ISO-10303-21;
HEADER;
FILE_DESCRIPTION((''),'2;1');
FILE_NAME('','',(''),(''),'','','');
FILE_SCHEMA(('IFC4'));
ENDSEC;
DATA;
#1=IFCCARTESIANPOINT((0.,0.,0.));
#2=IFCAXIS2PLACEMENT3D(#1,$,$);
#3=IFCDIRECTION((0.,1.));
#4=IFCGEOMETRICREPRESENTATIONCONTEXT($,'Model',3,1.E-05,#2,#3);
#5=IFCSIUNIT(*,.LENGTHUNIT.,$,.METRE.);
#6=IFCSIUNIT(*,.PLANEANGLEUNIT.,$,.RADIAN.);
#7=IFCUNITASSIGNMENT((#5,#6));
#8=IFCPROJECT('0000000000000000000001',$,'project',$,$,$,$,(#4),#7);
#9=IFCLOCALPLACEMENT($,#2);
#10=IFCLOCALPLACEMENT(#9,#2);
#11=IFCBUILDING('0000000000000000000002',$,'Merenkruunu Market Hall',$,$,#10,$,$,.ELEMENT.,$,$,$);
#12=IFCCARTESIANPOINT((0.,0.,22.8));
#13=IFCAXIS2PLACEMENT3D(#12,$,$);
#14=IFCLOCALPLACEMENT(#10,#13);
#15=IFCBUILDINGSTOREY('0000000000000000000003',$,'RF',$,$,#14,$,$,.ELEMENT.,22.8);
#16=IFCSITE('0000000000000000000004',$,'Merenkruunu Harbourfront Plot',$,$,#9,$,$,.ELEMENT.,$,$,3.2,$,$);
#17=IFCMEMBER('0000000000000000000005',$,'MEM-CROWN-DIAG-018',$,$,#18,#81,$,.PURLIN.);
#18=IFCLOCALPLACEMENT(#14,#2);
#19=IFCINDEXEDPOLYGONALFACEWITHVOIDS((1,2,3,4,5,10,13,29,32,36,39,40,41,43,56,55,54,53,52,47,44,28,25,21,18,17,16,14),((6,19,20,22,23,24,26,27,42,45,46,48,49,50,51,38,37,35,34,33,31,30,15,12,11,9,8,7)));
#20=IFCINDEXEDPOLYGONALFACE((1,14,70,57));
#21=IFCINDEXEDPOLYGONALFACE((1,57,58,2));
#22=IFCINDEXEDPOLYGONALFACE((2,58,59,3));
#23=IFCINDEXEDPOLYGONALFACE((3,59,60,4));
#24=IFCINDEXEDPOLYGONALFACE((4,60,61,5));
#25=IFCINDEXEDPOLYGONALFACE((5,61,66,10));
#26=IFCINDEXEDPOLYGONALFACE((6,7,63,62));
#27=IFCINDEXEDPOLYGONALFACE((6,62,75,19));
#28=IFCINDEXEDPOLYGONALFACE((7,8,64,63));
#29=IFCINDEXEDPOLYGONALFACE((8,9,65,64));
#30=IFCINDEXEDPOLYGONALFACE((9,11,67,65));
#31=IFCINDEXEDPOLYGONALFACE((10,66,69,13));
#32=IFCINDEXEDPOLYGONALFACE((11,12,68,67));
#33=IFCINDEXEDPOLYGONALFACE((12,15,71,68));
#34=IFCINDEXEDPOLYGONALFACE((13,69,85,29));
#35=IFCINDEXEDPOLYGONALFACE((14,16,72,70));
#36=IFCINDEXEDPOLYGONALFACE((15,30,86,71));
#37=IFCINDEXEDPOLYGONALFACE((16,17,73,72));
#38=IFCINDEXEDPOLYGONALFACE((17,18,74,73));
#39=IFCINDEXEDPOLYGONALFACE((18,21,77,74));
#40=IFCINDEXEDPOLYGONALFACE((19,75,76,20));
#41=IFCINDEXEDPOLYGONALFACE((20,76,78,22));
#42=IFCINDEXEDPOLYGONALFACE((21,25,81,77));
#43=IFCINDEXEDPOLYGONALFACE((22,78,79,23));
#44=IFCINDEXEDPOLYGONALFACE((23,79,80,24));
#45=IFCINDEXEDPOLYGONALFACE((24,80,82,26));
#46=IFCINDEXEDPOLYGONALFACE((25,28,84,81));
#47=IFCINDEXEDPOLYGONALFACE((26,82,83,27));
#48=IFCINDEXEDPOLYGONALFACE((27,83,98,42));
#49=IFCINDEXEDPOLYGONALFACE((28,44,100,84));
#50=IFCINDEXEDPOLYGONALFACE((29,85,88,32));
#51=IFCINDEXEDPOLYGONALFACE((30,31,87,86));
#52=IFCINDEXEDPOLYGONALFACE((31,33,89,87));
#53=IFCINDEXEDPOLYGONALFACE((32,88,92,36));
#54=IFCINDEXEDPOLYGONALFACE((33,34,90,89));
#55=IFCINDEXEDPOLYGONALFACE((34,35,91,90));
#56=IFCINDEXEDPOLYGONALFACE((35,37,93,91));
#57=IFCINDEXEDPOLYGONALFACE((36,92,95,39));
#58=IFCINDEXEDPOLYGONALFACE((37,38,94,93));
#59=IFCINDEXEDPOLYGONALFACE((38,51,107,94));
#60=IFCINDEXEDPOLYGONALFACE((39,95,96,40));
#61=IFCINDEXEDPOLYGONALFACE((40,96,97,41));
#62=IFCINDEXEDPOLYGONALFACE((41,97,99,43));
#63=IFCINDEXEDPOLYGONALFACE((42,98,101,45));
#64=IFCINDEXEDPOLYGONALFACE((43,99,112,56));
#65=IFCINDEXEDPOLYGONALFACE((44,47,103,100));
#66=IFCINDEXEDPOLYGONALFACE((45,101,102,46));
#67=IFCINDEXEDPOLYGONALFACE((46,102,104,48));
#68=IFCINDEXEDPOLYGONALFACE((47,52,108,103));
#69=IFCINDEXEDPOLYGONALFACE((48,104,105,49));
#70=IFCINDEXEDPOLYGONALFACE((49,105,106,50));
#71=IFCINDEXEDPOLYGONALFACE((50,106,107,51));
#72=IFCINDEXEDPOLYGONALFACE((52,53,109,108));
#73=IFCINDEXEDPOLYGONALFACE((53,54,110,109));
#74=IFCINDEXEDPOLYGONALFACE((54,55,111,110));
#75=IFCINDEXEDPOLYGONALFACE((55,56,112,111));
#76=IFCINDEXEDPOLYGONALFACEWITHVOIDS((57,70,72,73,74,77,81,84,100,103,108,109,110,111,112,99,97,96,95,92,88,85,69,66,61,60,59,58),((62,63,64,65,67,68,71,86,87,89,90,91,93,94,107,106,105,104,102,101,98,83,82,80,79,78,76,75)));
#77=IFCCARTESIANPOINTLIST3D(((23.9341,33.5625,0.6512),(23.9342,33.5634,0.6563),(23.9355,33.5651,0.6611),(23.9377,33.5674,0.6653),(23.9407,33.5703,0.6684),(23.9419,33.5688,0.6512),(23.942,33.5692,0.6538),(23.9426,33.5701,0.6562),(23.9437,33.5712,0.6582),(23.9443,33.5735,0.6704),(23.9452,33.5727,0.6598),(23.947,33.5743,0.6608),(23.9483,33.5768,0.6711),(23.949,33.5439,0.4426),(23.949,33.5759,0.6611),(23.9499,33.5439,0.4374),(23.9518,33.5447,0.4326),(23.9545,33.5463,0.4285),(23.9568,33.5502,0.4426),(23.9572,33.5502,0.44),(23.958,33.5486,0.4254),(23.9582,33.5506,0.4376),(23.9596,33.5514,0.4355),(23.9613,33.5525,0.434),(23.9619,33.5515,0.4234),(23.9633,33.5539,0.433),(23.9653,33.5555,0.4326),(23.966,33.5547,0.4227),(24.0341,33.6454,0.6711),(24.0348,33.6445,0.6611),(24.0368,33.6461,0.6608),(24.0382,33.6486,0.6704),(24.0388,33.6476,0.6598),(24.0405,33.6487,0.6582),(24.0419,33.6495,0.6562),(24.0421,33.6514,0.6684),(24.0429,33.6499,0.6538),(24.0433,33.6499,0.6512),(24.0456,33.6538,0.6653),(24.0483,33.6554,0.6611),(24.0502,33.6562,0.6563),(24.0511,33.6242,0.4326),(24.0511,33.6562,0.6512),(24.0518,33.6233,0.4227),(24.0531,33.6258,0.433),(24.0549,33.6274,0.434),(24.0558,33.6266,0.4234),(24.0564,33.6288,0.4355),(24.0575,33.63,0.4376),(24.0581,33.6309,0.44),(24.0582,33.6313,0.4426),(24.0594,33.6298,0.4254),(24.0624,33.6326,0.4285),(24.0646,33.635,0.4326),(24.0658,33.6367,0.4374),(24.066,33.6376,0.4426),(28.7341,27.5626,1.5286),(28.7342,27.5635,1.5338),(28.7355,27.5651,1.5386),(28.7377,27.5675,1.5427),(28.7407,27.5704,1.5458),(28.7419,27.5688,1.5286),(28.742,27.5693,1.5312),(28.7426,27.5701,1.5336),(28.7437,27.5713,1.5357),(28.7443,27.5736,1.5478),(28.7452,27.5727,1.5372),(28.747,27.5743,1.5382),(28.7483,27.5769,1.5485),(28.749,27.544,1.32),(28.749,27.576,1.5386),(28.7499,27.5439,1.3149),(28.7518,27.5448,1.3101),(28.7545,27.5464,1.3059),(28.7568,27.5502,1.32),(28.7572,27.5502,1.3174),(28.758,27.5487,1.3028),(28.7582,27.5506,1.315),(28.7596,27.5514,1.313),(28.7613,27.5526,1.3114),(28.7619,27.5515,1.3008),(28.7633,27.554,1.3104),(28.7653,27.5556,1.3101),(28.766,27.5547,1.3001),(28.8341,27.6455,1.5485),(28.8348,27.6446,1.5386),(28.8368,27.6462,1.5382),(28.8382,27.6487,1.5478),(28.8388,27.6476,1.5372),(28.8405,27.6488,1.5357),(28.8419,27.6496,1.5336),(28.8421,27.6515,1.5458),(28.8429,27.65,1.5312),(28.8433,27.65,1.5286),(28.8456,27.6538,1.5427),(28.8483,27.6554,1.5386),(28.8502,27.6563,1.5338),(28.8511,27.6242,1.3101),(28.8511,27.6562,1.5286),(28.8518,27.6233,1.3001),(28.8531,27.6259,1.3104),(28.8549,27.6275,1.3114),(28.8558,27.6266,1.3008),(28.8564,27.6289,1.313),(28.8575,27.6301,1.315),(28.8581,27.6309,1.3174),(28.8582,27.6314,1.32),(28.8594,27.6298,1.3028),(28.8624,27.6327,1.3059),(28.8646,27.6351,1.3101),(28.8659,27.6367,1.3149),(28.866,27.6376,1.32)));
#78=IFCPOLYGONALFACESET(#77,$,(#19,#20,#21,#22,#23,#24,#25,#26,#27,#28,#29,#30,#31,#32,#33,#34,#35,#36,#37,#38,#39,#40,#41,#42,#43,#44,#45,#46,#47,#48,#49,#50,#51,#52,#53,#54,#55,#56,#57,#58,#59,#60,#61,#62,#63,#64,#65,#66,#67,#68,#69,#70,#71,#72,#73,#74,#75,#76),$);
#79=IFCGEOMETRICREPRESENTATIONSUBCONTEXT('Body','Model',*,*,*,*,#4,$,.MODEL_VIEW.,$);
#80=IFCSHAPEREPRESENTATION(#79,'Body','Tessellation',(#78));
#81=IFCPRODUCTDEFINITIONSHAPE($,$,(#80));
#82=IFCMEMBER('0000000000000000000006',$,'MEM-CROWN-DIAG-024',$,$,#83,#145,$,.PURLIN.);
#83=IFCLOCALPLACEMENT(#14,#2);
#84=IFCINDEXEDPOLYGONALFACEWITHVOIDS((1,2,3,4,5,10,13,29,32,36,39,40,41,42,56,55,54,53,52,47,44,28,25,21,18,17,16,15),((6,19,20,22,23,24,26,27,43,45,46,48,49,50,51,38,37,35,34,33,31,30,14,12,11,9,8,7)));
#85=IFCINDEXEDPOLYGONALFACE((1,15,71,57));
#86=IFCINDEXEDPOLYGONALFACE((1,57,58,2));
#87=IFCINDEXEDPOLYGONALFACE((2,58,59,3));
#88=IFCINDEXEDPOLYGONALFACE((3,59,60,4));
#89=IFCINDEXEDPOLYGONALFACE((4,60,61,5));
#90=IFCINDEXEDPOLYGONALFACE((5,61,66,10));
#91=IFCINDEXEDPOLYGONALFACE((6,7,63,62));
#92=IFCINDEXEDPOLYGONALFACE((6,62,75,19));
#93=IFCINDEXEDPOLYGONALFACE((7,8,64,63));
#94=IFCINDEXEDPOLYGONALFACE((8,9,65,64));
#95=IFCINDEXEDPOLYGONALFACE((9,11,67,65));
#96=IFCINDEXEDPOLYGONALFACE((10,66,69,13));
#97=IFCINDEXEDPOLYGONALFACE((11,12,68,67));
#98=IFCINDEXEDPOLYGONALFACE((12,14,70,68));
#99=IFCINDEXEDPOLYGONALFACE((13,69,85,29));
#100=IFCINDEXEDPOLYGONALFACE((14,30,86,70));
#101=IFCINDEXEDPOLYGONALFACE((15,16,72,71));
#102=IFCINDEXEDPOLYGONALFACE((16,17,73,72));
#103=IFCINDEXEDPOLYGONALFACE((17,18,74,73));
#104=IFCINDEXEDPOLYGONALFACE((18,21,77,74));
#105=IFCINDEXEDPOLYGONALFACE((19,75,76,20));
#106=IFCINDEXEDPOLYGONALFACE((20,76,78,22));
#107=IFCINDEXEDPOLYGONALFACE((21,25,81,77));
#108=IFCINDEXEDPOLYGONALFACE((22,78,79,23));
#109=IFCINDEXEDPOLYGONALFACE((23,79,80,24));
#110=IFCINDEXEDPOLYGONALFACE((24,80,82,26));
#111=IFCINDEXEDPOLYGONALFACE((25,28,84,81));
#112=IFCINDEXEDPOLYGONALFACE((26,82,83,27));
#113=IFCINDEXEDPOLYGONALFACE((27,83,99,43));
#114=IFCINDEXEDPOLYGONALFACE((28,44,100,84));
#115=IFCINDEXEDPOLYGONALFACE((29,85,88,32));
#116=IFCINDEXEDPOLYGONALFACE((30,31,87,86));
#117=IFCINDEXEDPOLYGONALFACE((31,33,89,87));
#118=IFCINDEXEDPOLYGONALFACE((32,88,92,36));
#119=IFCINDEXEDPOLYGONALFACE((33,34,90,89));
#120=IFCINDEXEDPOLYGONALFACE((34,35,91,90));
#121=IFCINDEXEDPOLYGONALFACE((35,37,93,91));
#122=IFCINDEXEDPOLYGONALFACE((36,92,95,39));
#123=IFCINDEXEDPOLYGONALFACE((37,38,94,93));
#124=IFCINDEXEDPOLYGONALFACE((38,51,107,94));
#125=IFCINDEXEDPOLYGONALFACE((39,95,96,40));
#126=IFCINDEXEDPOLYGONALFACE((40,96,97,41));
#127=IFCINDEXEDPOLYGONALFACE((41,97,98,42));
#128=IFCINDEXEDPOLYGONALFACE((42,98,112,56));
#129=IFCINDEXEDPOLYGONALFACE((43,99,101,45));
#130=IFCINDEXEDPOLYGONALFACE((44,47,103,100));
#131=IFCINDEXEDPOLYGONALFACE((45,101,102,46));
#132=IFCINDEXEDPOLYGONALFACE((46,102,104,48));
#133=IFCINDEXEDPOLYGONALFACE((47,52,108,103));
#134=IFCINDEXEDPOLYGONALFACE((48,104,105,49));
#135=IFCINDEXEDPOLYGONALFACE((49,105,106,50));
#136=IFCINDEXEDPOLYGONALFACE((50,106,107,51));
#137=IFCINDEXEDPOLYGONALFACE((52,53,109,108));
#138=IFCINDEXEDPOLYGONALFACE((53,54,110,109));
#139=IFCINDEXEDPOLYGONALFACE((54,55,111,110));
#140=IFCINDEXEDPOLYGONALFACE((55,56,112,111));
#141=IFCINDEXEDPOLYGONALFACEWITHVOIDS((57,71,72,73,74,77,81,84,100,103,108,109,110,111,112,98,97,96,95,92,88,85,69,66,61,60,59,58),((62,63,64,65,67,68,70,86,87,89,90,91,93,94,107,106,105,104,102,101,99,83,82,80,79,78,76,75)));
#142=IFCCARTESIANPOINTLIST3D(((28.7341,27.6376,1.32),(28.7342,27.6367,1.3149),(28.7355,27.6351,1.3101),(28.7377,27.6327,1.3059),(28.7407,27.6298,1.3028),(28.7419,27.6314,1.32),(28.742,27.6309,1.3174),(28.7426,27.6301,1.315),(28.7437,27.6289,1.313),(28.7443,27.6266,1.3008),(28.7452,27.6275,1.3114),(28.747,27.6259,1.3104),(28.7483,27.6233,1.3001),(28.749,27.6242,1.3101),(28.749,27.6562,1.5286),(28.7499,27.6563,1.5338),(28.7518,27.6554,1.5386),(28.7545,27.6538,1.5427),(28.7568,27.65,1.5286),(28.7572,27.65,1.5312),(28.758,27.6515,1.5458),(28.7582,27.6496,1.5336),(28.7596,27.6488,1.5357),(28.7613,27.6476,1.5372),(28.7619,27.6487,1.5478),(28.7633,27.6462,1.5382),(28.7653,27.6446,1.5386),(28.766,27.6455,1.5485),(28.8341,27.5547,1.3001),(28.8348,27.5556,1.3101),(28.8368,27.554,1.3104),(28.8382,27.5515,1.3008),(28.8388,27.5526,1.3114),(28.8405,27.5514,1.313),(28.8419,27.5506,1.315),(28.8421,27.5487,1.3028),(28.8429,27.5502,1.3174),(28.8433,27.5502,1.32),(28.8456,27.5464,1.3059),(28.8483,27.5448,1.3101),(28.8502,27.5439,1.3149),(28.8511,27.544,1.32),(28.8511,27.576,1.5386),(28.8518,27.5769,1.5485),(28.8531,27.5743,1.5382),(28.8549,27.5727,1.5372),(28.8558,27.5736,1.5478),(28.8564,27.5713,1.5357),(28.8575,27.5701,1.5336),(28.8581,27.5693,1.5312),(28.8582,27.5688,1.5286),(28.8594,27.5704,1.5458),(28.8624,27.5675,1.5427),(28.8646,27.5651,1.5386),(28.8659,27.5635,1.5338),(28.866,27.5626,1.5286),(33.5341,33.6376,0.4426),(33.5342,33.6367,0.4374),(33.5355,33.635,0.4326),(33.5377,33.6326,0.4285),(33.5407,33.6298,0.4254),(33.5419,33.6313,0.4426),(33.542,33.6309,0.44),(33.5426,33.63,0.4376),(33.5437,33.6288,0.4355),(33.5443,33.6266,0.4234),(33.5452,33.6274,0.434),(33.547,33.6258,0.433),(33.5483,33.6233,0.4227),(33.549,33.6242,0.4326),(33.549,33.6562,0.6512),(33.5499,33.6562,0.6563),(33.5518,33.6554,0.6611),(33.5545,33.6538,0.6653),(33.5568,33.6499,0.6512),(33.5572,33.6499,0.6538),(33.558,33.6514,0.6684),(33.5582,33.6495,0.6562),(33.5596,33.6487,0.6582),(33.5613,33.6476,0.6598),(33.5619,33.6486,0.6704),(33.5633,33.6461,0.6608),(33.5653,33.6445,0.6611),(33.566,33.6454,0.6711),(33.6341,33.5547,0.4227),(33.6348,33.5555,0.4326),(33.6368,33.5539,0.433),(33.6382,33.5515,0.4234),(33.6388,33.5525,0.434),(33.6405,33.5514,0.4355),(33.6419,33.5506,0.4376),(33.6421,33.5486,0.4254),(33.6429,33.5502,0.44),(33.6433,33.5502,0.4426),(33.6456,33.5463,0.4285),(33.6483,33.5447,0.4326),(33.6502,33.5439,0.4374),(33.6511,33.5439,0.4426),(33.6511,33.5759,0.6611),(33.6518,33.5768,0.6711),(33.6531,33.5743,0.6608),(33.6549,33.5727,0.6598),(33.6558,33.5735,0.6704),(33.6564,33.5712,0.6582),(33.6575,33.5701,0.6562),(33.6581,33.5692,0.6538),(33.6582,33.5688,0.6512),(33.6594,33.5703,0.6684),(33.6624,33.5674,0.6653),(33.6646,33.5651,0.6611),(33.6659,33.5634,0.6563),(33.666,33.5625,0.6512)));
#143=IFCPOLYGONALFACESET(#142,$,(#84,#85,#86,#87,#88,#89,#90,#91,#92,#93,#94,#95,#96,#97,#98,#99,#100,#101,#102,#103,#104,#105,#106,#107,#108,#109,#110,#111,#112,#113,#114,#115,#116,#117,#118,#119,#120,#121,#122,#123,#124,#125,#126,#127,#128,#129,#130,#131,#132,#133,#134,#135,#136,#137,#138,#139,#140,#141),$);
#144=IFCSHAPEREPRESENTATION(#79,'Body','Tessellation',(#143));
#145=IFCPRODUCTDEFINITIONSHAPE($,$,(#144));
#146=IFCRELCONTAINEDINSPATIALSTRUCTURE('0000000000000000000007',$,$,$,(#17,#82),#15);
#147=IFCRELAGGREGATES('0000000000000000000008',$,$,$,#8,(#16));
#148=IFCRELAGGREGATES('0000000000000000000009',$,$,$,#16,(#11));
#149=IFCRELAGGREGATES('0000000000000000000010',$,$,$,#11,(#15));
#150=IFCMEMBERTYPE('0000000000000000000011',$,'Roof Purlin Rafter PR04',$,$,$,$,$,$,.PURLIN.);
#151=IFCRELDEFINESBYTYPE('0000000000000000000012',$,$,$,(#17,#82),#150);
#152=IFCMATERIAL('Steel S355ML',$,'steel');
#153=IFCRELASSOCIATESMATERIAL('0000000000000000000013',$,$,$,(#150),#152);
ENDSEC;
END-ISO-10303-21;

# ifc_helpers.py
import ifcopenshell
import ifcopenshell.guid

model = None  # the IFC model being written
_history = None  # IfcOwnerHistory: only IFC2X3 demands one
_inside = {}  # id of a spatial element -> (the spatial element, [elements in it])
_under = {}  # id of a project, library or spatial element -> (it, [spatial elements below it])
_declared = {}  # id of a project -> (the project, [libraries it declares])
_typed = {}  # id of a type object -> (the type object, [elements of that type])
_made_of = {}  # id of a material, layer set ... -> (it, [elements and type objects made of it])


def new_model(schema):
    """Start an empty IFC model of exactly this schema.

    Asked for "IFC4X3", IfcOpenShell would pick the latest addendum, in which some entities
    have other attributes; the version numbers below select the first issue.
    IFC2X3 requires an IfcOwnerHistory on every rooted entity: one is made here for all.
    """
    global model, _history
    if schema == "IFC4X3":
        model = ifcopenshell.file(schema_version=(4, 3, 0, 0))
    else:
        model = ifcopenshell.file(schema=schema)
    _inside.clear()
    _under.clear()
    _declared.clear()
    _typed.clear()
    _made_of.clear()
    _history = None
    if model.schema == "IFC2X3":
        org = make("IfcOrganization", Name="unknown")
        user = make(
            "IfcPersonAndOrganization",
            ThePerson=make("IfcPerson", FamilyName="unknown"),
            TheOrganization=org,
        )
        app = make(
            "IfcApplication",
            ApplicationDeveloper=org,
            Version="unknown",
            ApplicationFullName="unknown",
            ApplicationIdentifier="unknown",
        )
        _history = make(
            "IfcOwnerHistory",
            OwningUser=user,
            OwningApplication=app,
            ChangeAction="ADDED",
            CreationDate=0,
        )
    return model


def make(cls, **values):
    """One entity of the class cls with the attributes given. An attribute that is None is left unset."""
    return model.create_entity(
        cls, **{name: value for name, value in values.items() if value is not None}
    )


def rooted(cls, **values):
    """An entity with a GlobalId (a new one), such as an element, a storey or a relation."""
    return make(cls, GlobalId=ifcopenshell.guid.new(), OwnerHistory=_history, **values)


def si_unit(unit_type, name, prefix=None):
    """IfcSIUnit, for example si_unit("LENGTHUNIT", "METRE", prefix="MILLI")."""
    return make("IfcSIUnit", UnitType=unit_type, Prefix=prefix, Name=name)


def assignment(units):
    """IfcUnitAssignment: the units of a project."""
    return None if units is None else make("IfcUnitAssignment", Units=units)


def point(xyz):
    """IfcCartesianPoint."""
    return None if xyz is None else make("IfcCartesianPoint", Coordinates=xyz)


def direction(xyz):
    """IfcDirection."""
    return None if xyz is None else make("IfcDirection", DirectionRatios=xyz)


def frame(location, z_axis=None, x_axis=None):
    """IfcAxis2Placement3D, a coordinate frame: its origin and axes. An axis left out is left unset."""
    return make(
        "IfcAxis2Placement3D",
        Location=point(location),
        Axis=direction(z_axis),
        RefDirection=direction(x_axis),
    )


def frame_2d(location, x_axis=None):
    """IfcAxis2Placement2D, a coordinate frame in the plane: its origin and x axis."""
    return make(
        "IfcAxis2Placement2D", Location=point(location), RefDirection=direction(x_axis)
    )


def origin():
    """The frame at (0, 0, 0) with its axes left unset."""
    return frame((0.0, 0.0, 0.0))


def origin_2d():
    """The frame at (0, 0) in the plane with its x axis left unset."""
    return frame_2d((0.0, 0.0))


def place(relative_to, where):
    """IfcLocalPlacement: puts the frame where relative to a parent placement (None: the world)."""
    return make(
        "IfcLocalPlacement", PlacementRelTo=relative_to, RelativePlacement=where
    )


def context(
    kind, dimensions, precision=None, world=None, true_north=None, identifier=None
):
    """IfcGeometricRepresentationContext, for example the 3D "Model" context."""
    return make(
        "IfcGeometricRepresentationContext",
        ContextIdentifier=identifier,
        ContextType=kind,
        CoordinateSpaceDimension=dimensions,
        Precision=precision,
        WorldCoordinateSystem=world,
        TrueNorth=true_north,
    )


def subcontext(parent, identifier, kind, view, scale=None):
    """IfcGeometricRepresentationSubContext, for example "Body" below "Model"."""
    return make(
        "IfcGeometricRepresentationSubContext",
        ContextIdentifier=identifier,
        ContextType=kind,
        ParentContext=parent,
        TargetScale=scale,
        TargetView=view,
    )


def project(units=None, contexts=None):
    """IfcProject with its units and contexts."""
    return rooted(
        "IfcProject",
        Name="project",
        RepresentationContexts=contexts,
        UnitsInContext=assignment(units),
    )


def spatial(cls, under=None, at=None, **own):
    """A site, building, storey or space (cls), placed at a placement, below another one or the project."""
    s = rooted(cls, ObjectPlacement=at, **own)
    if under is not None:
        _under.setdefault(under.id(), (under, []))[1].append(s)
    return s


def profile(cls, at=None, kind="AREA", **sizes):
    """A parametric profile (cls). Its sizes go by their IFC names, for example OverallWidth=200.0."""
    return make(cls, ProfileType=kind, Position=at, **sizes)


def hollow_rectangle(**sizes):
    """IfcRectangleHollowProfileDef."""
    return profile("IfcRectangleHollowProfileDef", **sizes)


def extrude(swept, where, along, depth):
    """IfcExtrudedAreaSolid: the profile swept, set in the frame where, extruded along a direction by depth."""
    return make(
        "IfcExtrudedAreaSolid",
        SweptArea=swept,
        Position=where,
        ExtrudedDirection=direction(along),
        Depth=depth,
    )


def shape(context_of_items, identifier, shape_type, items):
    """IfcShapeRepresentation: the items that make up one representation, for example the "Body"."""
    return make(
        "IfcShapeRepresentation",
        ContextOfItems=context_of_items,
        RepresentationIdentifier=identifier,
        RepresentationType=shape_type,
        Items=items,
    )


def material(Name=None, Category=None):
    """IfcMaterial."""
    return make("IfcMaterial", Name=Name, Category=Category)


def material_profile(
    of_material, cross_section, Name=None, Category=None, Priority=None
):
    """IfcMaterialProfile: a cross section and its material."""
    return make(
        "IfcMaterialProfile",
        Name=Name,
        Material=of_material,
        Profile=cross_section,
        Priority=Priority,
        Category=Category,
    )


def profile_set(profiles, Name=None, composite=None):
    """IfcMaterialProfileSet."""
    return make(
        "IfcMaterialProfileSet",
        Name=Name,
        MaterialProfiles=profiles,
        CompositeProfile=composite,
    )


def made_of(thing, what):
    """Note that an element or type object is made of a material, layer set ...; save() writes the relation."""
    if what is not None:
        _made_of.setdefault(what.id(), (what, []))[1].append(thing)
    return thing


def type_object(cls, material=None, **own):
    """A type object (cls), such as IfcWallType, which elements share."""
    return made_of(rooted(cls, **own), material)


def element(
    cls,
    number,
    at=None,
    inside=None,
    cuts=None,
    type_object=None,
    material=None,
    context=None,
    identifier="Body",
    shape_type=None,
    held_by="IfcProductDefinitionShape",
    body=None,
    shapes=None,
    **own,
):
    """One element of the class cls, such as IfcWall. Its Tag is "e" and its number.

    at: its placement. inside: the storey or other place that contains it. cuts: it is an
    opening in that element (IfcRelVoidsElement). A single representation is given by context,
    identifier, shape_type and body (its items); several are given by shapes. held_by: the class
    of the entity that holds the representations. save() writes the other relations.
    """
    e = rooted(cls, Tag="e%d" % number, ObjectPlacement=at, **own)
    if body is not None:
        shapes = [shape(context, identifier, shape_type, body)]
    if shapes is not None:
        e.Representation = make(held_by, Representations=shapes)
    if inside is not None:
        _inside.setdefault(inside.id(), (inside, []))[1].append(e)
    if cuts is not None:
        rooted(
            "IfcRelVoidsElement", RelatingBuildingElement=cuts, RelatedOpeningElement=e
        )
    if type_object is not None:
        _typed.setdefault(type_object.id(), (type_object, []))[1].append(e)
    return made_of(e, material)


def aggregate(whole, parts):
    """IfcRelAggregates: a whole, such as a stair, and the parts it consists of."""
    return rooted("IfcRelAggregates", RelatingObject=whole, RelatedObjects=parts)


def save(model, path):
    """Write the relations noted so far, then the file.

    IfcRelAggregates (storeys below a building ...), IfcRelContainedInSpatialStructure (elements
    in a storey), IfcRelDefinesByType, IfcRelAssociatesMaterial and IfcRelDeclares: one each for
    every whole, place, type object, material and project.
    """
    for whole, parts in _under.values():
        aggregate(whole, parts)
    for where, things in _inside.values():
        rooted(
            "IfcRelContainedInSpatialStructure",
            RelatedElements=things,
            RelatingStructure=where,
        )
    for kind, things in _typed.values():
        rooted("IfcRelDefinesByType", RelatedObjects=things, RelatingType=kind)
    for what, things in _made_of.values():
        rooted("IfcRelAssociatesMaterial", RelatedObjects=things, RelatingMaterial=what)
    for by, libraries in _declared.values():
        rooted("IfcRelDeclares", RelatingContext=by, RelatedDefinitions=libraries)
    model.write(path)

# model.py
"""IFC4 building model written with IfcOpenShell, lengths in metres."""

from ifc_helpers import new_model, si_unit, direction, frame, origin, origin_2d, place, context, subcontext, project, spatial, hollow_rectangle, extrude, material, material_profile, profile_set, type_object, element, save


model = new_model("IFC4")

# Units and contexts
model_context = context("Model", 3, precision=1e-05, world=origin(), true_north=direction((0.0, 1.0)))
body_context = subcontext(model_context, "Body", "Model", "MODEL_VIEW")
ifc_project = project(units=[si_unit("LENGTHUNIT", "METRE"), si_unit("PLANEANGLEUNIT", "RADIAN")], contexts=[model_context])

# Site, building, storey
site_placement = place(None, origin())
site = spatial("IfcSite", under=ifc_project, at=site_placement, Name="Merenkruunu Harbourfront Plot", CompositionType="ELEMENT", RefElevation=3.2)
building_placement = place(site_placement, origin())
building = spatial("IfcBuilding", under=site, at=building_placement, Name="Merenkruunu Market Hall", CompositionType="ELEMENT")
storey_placement = place(building_placement, frame((0.0, 0.0, 22.8)))
storey = spatial("IfcBuildingStorey", under=building, at=storey_placement, Name="RF", CompositionType="ELEMENT", Elevation=22.8)

# Members
ifc_material_1 = material(Name="Steel S355ML", Category="steel")
ifc_material_profile_1 = material_profile(ifc_material_1, hollow_rectangle(XDim=0.1499, YDim=0.25, WallThickness=0.01, InnerFilletRadius=0.01, OuterFilletRadius=0.02, at=origin_2d()), Name="RHS 250x150x10")
ifc_profile_set_1 = profile_set([ifc_material_profile_1], Name="Steel S355ML")
member_type_1 = type_object("IfcMemberType", Name="Roof Purlin Rafter PR04", PredefinedType="PURLIN", material=ifc_profile_set_1)
for number, where, z_axis, x_axis, name in (
    (1, (28.8, 27.6001, 1.4243), (-0.620665, 0.775824, -0.113457), (-0.780866, -0.624699, 0.0), "MEM-CROWN-DIAG-018"),
    (2, (28.8, 27.6001, 1.4243), (0.620665, 0.775824, -0.113457), (-0.780866, 0.624699, 0.0), "MEM-CROWN-DIAG-024"),
):
    element("IfcMember", number, at=place(storey_placement, frame(where, z_axis=z_axis, x_axis=x_axis)), inside=storey, type_object=member_type_1, Name=name, PredefinedType="PURLIN", context=body_context, shape_type="SweptSolid", body=[
        extrude(hollow_rectangle(XDim=0.1499, YDim=0.25, WallThickness=0.01, InnerFilletRadius=0.01, OuterFilletRadius=0.02, at=origin_2d()), origin(), (0.0, 0.0, 1.0), 7.7336),
    ])

save(model, "model.ifc")
